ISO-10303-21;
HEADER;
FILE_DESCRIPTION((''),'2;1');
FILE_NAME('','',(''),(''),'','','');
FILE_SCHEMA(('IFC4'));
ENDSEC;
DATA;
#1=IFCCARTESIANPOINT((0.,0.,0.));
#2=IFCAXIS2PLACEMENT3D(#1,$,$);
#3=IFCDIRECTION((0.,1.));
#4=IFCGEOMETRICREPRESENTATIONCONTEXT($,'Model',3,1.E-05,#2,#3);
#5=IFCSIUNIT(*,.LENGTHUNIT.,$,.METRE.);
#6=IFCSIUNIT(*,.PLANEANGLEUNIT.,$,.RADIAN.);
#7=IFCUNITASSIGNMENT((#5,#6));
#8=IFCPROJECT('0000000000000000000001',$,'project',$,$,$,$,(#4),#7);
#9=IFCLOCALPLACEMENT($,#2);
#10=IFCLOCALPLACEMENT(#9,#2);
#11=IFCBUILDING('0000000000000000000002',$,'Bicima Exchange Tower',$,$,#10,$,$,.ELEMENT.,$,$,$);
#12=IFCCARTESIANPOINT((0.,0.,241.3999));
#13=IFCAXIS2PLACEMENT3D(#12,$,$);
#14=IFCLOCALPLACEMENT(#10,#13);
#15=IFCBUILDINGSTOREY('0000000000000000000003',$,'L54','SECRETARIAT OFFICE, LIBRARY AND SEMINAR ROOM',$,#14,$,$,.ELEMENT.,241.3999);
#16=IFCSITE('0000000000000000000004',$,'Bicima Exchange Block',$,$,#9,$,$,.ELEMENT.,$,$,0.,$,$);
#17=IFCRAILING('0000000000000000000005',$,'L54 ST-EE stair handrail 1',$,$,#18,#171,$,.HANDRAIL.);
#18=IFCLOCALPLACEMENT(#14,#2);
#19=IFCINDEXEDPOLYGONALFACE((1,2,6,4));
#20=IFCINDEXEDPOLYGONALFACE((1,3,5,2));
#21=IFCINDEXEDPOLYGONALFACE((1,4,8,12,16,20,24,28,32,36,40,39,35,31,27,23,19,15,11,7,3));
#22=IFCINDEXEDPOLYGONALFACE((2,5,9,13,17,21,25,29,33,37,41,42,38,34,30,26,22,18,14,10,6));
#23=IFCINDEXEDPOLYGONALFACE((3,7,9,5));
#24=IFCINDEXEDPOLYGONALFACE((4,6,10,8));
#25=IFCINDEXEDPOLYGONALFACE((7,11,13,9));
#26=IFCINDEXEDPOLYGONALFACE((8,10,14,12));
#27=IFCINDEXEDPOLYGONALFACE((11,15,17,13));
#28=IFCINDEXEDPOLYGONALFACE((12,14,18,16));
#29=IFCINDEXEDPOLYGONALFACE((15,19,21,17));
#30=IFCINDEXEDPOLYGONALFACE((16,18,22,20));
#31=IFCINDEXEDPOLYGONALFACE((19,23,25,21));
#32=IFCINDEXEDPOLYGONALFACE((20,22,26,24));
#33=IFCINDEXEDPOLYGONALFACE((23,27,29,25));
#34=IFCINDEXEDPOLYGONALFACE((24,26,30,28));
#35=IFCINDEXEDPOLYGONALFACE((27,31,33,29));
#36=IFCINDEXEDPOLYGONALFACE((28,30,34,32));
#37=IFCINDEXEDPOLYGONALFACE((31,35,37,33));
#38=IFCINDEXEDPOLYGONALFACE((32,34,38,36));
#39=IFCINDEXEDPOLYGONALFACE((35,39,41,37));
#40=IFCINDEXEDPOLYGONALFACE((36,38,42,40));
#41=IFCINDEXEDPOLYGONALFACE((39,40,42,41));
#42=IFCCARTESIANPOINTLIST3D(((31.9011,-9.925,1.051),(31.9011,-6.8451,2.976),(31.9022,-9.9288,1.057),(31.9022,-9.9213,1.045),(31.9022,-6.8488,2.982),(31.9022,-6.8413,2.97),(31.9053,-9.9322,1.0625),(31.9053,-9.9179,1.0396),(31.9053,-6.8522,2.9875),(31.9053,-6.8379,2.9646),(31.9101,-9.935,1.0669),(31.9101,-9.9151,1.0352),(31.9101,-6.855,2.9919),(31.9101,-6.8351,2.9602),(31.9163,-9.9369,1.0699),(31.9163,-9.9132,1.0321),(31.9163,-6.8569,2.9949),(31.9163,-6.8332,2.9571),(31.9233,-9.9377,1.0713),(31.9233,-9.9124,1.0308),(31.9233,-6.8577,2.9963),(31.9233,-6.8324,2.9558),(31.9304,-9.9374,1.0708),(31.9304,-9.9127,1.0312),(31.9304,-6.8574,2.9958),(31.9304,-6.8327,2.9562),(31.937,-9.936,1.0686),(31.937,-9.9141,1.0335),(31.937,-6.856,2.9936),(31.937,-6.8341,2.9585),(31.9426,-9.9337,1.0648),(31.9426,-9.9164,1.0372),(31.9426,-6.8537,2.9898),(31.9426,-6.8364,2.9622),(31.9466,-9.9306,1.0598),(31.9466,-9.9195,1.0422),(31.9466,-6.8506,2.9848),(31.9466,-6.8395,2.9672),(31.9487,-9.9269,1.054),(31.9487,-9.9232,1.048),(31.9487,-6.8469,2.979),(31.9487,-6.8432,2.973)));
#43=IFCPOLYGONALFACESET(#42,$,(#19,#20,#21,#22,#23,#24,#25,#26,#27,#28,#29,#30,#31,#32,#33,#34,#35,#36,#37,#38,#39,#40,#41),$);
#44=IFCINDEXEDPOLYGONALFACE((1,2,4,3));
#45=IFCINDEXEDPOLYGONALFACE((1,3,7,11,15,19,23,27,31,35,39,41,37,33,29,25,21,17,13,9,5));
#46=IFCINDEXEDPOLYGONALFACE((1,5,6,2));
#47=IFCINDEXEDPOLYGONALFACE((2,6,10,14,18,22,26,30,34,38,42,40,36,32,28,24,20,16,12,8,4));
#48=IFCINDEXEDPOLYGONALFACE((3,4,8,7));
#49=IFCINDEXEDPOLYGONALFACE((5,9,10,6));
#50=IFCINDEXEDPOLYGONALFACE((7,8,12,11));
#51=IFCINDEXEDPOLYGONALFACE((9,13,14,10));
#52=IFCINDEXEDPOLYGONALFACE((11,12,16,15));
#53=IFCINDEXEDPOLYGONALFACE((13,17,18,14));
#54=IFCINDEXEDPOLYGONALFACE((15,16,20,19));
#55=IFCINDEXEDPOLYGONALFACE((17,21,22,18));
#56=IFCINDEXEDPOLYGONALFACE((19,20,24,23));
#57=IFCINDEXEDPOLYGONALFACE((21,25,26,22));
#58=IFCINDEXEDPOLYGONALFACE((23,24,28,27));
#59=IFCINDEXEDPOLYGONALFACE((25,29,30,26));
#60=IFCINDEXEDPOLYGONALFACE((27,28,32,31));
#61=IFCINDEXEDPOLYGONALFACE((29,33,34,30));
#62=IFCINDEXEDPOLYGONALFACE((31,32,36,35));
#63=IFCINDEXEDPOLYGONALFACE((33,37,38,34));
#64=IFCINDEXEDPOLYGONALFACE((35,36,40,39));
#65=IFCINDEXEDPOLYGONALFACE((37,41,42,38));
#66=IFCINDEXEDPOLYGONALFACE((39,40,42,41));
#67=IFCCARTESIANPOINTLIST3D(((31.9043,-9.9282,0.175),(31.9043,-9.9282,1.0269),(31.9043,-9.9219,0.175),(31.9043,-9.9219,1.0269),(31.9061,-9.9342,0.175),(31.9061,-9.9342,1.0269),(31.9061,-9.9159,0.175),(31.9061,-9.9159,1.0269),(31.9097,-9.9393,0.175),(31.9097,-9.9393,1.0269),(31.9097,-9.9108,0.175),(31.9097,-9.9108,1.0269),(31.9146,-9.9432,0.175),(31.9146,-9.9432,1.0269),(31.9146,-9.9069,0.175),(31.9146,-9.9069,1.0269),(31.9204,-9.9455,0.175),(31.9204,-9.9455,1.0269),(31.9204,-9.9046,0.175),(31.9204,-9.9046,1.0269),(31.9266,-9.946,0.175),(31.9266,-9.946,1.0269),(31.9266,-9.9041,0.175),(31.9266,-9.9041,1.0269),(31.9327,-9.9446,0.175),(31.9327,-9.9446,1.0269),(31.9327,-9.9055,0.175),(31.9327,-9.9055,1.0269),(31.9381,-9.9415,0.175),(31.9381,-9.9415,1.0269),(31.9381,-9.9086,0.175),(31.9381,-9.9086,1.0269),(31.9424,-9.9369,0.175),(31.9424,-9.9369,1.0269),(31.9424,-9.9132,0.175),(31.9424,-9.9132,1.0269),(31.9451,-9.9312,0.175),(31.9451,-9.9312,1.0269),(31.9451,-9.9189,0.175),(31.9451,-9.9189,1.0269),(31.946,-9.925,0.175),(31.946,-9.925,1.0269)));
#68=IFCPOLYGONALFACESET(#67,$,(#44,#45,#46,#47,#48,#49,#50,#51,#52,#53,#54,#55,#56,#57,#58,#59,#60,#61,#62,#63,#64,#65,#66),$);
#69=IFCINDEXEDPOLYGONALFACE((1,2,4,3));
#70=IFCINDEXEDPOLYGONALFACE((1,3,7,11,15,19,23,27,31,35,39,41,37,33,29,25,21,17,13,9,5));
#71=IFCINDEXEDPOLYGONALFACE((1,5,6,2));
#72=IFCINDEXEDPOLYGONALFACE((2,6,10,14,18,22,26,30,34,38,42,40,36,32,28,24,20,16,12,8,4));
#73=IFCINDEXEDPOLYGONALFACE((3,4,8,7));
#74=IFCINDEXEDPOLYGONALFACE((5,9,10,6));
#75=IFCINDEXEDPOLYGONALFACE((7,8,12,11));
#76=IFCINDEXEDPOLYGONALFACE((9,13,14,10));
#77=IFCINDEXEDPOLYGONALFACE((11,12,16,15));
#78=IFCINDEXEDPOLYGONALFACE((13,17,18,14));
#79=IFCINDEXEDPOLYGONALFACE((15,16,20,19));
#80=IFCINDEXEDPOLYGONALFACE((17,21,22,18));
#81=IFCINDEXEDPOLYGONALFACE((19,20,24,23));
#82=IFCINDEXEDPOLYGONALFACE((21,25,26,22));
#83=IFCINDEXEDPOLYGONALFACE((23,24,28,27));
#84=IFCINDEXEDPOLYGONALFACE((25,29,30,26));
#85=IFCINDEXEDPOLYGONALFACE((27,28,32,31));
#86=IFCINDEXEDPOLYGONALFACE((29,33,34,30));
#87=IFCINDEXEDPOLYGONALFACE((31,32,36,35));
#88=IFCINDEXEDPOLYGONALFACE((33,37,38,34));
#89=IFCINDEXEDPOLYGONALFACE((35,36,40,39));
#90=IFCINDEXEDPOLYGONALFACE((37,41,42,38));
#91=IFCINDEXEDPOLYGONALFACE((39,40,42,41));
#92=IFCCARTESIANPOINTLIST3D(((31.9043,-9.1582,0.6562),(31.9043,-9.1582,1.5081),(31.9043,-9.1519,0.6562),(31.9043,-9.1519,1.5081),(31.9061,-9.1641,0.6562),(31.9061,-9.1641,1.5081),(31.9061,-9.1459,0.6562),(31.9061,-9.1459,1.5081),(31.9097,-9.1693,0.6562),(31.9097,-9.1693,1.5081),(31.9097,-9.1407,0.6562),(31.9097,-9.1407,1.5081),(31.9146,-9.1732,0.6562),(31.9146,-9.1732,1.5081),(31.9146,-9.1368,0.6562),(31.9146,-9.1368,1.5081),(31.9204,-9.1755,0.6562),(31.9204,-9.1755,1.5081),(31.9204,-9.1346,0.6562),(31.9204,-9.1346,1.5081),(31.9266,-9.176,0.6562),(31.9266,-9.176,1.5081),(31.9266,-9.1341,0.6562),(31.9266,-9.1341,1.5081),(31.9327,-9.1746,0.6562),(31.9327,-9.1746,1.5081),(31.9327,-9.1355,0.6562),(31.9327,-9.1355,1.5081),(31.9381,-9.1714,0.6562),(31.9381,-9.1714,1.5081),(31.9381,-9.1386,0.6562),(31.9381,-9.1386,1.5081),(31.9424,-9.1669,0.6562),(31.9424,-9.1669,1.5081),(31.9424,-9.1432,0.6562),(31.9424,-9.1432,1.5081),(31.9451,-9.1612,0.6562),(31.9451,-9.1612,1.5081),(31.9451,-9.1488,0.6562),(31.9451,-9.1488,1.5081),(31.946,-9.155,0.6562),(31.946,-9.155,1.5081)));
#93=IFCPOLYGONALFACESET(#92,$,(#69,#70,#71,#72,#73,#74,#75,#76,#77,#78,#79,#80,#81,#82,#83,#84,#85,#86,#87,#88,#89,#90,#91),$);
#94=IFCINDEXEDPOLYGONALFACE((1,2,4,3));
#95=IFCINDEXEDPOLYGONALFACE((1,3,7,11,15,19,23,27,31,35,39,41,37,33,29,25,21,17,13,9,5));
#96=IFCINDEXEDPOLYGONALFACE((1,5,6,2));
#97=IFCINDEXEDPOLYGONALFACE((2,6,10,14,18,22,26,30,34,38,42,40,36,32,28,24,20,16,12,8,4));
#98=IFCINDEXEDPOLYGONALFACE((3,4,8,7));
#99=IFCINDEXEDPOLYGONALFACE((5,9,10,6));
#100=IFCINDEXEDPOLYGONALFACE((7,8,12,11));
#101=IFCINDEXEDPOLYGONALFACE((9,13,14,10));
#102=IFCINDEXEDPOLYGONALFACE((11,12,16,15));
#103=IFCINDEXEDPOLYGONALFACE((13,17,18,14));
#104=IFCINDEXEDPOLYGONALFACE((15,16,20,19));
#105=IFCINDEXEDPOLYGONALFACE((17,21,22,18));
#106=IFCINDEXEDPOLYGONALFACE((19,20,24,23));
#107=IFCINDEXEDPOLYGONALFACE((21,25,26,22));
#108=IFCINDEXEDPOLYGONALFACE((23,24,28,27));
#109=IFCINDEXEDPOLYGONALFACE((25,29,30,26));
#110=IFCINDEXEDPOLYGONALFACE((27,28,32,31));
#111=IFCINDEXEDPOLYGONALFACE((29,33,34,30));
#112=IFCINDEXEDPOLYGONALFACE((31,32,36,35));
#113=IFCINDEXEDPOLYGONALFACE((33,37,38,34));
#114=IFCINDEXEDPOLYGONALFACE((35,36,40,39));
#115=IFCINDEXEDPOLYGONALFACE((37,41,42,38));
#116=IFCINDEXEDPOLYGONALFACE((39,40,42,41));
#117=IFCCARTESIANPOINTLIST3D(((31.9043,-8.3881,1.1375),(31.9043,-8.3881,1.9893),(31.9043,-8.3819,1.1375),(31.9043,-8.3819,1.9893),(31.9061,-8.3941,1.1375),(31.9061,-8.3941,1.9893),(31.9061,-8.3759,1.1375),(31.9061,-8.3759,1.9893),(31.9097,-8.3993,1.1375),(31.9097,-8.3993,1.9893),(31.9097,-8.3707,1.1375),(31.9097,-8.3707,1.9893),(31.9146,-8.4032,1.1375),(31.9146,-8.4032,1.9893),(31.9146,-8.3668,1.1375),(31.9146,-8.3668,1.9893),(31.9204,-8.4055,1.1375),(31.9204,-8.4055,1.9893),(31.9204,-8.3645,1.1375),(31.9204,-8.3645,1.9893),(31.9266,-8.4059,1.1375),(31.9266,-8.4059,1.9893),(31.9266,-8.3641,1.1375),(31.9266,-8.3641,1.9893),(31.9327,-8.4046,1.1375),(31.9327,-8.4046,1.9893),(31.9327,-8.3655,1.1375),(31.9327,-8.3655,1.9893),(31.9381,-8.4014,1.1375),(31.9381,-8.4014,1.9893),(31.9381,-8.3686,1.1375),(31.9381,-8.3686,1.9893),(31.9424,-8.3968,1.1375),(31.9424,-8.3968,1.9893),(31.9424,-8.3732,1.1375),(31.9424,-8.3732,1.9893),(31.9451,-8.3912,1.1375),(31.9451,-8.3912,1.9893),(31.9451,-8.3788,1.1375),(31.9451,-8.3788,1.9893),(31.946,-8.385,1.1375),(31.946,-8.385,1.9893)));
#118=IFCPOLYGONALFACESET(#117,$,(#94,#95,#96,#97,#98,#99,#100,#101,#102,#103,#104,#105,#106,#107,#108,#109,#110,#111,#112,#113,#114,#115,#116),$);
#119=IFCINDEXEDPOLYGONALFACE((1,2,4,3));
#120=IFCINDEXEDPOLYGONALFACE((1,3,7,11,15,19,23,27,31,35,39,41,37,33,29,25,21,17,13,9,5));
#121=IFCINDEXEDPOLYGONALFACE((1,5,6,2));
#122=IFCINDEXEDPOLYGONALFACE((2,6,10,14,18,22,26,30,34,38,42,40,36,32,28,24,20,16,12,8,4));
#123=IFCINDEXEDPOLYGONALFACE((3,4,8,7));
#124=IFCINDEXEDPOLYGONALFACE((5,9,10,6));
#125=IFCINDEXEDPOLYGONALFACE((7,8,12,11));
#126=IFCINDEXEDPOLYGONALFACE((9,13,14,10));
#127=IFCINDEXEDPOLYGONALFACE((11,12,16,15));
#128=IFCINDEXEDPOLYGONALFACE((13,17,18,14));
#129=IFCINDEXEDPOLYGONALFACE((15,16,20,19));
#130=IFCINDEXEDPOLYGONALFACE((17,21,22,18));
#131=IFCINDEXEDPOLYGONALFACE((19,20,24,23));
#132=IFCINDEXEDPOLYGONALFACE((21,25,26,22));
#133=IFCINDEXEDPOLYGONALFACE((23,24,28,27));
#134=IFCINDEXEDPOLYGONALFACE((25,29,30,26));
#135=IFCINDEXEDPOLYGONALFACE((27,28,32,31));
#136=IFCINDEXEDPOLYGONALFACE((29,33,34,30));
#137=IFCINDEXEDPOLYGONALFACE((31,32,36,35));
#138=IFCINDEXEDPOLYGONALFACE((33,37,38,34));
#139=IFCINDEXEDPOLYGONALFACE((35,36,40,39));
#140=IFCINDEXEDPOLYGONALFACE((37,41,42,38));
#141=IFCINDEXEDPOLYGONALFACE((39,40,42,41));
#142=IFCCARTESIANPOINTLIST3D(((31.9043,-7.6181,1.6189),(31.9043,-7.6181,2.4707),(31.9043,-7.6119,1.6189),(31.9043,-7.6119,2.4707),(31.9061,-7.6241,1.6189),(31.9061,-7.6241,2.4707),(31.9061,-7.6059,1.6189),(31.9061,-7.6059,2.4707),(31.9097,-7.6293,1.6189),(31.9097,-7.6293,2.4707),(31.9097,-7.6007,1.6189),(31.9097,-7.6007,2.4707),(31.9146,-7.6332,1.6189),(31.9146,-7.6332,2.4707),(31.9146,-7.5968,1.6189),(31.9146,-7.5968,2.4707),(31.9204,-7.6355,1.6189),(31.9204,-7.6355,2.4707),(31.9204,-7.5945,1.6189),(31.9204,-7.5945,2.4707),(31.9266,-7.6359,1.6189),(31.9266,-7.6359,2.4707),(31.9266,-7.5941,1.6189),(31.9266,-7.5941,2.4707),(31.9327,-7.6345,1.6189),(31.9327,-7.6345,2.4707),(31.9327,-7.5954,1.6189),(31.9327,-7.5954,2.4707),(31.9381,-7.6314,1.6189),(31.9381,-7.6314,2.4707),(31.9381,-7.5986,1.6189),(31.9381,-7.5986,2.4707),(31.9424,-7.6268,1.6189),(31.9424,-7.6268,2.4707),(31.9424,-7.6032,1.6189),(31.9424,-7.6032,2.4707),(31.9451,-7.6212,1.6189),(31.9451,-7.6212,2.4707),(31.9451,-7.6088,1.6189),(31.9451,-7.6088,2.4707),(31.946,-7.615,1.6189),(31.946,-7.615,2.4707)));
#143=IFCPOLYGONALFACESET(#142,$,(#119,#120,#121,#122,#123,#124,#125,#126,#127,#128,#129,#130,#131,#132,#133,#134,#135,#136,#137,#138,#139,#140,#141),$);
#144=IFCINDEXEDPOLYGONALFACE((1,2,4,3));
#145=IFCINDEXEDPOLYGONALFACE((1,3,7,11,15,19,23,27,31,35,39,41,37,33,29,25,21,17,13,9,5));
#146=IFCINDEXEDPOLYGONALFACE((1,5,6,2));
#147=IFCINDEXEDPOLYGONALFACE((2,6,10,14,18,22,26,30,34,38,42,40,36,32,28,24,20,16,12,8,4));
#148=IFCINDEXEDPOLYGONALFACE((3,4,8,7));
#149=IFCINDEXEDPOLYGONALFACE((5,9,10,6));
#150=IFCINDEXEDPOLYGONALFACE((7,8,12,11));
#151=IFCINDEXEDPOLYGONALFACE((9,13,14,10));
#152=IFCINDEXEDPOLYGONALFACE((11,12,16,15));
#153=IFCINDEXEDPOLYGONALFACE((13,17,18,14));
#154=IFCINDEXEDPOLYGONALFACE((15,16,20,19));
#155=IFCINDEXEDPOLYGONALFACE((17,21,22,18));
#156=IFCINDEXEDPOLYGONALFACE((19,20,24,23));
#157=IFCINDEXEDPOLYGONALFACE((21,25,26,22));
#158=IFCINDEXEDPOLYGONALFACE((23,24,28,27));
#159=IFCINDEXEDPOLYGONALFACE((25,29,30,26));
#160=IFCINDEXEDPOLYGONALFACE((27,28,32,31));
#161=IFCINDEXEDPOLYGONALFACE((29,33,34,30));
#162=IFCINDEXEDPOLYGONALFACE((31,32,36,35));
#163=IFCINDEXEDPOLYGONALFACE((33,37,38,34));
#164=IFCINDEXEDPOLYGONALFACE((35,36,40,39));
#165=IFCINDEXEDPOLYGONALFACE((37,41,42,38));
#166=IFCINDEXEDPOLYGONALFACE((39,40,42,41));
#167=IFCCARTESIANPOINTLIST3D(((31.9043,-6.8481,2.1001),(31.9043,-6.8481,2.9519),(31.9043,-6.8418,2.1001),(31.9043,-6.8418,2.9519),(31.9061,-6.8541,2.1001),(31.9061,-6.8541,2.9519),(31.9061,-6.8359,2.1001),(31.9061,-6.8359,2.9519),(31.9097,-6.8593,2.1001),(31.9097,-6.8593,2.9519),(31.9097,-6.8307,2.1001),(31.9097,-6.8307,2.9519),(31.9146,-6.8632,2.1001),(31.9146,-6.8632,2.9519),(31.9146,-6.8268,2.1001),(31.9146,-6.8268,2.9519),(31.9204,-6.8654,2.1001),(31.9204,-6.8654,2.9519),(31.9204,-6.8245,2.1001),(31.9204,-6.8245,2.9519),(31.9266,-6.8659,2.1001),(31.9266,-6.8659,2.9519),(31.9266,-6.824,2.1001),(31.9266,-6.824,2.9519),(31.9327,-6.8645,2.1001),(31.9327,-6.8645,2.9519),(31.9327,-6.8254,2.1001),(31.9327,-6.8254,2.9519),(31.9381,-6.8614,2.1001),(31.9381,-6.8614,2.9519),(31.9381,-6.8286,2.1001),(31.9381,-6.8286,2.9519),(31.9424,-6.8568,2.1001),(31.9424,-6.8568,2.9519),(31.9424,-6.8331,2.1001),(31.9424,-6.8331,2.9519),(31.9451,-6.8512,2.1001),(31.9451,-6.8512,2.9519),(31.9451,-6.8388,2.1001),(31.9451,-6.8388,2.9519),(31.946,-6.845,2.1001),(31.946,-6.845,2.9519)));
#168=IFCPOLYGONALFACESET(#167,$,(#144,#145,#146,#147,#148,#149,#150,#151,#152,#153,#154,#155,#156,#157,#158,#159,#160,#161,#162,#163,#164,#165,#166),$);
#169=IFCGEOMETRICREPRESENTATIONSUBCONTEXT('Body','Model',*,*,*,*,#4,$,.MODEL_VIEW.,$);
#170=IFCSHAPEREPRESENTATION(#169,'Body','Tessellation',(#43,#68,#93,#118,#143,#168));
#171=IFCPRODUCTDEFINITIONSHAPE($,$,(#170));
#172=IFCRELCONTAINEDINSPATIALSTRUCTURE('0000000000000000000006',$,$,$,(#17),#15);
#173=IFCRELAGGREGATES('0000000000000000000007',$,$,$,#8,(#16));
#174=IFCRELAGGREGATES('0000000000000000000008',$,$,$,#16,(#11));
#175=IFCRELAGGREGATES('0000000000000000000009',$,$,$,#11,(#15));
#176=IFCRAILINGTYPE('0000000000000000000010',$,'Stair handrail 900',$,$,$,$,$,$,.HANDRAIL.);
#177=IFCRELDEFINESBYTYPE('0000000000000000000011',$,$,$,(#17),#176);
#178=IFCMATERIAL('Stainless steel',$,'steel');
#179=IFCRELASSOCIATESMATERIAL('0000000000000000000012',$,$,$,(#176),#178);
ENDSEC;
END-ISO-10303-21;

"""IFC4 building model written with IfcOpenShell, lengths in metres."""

from ifc_helpers import new_model, si_unit, direction, frame, origin, origin_2d, place, context, subcontext, project, spatial, circle, extrude, material, type_object, element, save


model = new_model("IFC4")

# Units and contexts
model_context = context("Model", 3, precision=1e-05, world=origin(), true_north=direction((0.0, 1.0)))
body_context = subcontext(model_context, "Body", "Model", "MODEL_VIEW")
ifc_project = project(units=[si_unit("LENGTHUNIT", "METRE"), si_unit("PLANEANGLEUNIT", "RADIAN")], contexts=[model_context])

# Site, building, storey
site_placement = place(None, origin())
site = spatial("IfcSite", under=ifc_project, at=site_placement, Name="Bicima Exchange Block", CompositionType="ELEMENT", RefElevation=0.0)
building_placement = place(site_placement, origin())
building = spatial("IfcBuilding", under=site, at=building_placement, Name="Bicima Exchange Tower", CompositionType="ELEMENT")
storey_placement = place(building_placement, frame((0.0, 0.0, 241.3999)))
storey = spatial("IfcBuildingStorey", under=building, at=storey_placement, Name="L54", Description="SECRETARIAT OFFICE, LIBRARY AND SEMINAR ROOM", CompositionType="ELEMENT", Elevation=241.3999)

# Railing
ifc_material_1 = material(Name="Stainless steel", Category="steel")
railing_type = type_object("IfcRailingType", Name="Stair handrail 900", PredefinedType="HANDRAIL", material=ifc_material_1)
railing_1_placement = place(storey_placement, frame((31.925, -9.925, 0.175)))
element("IfcRailing", 1, at=railing_1_placement, inside=storey, type_object=railing_type, Name="L54 ST-EE stair handrail 1", PredefinedType="HANDRAIL", context=body_context, shape_type="SweptSolid", body=[
    extrude(circle(Radius=0.0239, at=origin_2d()), frame((0.0, 0.0, 0.876), z_axis=(0.0, 0.847998, 0.529999), x_axis=(-1.0, 0.0, 0.0)), (0.0, 0.0, 1.0), 3.6321),
    extrude(circle(Radius=0.021, at=origin_2d()), origin(), (0.0, 0.0, 1.0), 0.8518),
    extrude(circle(Radius=0.021, at=origin_2d()), frame((0.0, 0.77, 0.4812)), (0.0, 0.0, 1.0), 0.8518),
    extrude(circle(Radius=0.021, at=origin_2d()), frame((0.0, 1.54, 0.9624)), (0.0, 0.0, 1.0), 0.8518),
    extrude(circle(Radius=0.021, at=origin_2d()), frame((0.0, 2.3101, 1.4438)), (0.0, 0.0, 1.0), 0.8518),
    extrude(circle(Radius=0.021, at=origin_2d()), frame((0.0, 3.0801, 1.925)), (0.0, 0.0, 1.0), 0.8518),
])

save(model, "model.ifc")
